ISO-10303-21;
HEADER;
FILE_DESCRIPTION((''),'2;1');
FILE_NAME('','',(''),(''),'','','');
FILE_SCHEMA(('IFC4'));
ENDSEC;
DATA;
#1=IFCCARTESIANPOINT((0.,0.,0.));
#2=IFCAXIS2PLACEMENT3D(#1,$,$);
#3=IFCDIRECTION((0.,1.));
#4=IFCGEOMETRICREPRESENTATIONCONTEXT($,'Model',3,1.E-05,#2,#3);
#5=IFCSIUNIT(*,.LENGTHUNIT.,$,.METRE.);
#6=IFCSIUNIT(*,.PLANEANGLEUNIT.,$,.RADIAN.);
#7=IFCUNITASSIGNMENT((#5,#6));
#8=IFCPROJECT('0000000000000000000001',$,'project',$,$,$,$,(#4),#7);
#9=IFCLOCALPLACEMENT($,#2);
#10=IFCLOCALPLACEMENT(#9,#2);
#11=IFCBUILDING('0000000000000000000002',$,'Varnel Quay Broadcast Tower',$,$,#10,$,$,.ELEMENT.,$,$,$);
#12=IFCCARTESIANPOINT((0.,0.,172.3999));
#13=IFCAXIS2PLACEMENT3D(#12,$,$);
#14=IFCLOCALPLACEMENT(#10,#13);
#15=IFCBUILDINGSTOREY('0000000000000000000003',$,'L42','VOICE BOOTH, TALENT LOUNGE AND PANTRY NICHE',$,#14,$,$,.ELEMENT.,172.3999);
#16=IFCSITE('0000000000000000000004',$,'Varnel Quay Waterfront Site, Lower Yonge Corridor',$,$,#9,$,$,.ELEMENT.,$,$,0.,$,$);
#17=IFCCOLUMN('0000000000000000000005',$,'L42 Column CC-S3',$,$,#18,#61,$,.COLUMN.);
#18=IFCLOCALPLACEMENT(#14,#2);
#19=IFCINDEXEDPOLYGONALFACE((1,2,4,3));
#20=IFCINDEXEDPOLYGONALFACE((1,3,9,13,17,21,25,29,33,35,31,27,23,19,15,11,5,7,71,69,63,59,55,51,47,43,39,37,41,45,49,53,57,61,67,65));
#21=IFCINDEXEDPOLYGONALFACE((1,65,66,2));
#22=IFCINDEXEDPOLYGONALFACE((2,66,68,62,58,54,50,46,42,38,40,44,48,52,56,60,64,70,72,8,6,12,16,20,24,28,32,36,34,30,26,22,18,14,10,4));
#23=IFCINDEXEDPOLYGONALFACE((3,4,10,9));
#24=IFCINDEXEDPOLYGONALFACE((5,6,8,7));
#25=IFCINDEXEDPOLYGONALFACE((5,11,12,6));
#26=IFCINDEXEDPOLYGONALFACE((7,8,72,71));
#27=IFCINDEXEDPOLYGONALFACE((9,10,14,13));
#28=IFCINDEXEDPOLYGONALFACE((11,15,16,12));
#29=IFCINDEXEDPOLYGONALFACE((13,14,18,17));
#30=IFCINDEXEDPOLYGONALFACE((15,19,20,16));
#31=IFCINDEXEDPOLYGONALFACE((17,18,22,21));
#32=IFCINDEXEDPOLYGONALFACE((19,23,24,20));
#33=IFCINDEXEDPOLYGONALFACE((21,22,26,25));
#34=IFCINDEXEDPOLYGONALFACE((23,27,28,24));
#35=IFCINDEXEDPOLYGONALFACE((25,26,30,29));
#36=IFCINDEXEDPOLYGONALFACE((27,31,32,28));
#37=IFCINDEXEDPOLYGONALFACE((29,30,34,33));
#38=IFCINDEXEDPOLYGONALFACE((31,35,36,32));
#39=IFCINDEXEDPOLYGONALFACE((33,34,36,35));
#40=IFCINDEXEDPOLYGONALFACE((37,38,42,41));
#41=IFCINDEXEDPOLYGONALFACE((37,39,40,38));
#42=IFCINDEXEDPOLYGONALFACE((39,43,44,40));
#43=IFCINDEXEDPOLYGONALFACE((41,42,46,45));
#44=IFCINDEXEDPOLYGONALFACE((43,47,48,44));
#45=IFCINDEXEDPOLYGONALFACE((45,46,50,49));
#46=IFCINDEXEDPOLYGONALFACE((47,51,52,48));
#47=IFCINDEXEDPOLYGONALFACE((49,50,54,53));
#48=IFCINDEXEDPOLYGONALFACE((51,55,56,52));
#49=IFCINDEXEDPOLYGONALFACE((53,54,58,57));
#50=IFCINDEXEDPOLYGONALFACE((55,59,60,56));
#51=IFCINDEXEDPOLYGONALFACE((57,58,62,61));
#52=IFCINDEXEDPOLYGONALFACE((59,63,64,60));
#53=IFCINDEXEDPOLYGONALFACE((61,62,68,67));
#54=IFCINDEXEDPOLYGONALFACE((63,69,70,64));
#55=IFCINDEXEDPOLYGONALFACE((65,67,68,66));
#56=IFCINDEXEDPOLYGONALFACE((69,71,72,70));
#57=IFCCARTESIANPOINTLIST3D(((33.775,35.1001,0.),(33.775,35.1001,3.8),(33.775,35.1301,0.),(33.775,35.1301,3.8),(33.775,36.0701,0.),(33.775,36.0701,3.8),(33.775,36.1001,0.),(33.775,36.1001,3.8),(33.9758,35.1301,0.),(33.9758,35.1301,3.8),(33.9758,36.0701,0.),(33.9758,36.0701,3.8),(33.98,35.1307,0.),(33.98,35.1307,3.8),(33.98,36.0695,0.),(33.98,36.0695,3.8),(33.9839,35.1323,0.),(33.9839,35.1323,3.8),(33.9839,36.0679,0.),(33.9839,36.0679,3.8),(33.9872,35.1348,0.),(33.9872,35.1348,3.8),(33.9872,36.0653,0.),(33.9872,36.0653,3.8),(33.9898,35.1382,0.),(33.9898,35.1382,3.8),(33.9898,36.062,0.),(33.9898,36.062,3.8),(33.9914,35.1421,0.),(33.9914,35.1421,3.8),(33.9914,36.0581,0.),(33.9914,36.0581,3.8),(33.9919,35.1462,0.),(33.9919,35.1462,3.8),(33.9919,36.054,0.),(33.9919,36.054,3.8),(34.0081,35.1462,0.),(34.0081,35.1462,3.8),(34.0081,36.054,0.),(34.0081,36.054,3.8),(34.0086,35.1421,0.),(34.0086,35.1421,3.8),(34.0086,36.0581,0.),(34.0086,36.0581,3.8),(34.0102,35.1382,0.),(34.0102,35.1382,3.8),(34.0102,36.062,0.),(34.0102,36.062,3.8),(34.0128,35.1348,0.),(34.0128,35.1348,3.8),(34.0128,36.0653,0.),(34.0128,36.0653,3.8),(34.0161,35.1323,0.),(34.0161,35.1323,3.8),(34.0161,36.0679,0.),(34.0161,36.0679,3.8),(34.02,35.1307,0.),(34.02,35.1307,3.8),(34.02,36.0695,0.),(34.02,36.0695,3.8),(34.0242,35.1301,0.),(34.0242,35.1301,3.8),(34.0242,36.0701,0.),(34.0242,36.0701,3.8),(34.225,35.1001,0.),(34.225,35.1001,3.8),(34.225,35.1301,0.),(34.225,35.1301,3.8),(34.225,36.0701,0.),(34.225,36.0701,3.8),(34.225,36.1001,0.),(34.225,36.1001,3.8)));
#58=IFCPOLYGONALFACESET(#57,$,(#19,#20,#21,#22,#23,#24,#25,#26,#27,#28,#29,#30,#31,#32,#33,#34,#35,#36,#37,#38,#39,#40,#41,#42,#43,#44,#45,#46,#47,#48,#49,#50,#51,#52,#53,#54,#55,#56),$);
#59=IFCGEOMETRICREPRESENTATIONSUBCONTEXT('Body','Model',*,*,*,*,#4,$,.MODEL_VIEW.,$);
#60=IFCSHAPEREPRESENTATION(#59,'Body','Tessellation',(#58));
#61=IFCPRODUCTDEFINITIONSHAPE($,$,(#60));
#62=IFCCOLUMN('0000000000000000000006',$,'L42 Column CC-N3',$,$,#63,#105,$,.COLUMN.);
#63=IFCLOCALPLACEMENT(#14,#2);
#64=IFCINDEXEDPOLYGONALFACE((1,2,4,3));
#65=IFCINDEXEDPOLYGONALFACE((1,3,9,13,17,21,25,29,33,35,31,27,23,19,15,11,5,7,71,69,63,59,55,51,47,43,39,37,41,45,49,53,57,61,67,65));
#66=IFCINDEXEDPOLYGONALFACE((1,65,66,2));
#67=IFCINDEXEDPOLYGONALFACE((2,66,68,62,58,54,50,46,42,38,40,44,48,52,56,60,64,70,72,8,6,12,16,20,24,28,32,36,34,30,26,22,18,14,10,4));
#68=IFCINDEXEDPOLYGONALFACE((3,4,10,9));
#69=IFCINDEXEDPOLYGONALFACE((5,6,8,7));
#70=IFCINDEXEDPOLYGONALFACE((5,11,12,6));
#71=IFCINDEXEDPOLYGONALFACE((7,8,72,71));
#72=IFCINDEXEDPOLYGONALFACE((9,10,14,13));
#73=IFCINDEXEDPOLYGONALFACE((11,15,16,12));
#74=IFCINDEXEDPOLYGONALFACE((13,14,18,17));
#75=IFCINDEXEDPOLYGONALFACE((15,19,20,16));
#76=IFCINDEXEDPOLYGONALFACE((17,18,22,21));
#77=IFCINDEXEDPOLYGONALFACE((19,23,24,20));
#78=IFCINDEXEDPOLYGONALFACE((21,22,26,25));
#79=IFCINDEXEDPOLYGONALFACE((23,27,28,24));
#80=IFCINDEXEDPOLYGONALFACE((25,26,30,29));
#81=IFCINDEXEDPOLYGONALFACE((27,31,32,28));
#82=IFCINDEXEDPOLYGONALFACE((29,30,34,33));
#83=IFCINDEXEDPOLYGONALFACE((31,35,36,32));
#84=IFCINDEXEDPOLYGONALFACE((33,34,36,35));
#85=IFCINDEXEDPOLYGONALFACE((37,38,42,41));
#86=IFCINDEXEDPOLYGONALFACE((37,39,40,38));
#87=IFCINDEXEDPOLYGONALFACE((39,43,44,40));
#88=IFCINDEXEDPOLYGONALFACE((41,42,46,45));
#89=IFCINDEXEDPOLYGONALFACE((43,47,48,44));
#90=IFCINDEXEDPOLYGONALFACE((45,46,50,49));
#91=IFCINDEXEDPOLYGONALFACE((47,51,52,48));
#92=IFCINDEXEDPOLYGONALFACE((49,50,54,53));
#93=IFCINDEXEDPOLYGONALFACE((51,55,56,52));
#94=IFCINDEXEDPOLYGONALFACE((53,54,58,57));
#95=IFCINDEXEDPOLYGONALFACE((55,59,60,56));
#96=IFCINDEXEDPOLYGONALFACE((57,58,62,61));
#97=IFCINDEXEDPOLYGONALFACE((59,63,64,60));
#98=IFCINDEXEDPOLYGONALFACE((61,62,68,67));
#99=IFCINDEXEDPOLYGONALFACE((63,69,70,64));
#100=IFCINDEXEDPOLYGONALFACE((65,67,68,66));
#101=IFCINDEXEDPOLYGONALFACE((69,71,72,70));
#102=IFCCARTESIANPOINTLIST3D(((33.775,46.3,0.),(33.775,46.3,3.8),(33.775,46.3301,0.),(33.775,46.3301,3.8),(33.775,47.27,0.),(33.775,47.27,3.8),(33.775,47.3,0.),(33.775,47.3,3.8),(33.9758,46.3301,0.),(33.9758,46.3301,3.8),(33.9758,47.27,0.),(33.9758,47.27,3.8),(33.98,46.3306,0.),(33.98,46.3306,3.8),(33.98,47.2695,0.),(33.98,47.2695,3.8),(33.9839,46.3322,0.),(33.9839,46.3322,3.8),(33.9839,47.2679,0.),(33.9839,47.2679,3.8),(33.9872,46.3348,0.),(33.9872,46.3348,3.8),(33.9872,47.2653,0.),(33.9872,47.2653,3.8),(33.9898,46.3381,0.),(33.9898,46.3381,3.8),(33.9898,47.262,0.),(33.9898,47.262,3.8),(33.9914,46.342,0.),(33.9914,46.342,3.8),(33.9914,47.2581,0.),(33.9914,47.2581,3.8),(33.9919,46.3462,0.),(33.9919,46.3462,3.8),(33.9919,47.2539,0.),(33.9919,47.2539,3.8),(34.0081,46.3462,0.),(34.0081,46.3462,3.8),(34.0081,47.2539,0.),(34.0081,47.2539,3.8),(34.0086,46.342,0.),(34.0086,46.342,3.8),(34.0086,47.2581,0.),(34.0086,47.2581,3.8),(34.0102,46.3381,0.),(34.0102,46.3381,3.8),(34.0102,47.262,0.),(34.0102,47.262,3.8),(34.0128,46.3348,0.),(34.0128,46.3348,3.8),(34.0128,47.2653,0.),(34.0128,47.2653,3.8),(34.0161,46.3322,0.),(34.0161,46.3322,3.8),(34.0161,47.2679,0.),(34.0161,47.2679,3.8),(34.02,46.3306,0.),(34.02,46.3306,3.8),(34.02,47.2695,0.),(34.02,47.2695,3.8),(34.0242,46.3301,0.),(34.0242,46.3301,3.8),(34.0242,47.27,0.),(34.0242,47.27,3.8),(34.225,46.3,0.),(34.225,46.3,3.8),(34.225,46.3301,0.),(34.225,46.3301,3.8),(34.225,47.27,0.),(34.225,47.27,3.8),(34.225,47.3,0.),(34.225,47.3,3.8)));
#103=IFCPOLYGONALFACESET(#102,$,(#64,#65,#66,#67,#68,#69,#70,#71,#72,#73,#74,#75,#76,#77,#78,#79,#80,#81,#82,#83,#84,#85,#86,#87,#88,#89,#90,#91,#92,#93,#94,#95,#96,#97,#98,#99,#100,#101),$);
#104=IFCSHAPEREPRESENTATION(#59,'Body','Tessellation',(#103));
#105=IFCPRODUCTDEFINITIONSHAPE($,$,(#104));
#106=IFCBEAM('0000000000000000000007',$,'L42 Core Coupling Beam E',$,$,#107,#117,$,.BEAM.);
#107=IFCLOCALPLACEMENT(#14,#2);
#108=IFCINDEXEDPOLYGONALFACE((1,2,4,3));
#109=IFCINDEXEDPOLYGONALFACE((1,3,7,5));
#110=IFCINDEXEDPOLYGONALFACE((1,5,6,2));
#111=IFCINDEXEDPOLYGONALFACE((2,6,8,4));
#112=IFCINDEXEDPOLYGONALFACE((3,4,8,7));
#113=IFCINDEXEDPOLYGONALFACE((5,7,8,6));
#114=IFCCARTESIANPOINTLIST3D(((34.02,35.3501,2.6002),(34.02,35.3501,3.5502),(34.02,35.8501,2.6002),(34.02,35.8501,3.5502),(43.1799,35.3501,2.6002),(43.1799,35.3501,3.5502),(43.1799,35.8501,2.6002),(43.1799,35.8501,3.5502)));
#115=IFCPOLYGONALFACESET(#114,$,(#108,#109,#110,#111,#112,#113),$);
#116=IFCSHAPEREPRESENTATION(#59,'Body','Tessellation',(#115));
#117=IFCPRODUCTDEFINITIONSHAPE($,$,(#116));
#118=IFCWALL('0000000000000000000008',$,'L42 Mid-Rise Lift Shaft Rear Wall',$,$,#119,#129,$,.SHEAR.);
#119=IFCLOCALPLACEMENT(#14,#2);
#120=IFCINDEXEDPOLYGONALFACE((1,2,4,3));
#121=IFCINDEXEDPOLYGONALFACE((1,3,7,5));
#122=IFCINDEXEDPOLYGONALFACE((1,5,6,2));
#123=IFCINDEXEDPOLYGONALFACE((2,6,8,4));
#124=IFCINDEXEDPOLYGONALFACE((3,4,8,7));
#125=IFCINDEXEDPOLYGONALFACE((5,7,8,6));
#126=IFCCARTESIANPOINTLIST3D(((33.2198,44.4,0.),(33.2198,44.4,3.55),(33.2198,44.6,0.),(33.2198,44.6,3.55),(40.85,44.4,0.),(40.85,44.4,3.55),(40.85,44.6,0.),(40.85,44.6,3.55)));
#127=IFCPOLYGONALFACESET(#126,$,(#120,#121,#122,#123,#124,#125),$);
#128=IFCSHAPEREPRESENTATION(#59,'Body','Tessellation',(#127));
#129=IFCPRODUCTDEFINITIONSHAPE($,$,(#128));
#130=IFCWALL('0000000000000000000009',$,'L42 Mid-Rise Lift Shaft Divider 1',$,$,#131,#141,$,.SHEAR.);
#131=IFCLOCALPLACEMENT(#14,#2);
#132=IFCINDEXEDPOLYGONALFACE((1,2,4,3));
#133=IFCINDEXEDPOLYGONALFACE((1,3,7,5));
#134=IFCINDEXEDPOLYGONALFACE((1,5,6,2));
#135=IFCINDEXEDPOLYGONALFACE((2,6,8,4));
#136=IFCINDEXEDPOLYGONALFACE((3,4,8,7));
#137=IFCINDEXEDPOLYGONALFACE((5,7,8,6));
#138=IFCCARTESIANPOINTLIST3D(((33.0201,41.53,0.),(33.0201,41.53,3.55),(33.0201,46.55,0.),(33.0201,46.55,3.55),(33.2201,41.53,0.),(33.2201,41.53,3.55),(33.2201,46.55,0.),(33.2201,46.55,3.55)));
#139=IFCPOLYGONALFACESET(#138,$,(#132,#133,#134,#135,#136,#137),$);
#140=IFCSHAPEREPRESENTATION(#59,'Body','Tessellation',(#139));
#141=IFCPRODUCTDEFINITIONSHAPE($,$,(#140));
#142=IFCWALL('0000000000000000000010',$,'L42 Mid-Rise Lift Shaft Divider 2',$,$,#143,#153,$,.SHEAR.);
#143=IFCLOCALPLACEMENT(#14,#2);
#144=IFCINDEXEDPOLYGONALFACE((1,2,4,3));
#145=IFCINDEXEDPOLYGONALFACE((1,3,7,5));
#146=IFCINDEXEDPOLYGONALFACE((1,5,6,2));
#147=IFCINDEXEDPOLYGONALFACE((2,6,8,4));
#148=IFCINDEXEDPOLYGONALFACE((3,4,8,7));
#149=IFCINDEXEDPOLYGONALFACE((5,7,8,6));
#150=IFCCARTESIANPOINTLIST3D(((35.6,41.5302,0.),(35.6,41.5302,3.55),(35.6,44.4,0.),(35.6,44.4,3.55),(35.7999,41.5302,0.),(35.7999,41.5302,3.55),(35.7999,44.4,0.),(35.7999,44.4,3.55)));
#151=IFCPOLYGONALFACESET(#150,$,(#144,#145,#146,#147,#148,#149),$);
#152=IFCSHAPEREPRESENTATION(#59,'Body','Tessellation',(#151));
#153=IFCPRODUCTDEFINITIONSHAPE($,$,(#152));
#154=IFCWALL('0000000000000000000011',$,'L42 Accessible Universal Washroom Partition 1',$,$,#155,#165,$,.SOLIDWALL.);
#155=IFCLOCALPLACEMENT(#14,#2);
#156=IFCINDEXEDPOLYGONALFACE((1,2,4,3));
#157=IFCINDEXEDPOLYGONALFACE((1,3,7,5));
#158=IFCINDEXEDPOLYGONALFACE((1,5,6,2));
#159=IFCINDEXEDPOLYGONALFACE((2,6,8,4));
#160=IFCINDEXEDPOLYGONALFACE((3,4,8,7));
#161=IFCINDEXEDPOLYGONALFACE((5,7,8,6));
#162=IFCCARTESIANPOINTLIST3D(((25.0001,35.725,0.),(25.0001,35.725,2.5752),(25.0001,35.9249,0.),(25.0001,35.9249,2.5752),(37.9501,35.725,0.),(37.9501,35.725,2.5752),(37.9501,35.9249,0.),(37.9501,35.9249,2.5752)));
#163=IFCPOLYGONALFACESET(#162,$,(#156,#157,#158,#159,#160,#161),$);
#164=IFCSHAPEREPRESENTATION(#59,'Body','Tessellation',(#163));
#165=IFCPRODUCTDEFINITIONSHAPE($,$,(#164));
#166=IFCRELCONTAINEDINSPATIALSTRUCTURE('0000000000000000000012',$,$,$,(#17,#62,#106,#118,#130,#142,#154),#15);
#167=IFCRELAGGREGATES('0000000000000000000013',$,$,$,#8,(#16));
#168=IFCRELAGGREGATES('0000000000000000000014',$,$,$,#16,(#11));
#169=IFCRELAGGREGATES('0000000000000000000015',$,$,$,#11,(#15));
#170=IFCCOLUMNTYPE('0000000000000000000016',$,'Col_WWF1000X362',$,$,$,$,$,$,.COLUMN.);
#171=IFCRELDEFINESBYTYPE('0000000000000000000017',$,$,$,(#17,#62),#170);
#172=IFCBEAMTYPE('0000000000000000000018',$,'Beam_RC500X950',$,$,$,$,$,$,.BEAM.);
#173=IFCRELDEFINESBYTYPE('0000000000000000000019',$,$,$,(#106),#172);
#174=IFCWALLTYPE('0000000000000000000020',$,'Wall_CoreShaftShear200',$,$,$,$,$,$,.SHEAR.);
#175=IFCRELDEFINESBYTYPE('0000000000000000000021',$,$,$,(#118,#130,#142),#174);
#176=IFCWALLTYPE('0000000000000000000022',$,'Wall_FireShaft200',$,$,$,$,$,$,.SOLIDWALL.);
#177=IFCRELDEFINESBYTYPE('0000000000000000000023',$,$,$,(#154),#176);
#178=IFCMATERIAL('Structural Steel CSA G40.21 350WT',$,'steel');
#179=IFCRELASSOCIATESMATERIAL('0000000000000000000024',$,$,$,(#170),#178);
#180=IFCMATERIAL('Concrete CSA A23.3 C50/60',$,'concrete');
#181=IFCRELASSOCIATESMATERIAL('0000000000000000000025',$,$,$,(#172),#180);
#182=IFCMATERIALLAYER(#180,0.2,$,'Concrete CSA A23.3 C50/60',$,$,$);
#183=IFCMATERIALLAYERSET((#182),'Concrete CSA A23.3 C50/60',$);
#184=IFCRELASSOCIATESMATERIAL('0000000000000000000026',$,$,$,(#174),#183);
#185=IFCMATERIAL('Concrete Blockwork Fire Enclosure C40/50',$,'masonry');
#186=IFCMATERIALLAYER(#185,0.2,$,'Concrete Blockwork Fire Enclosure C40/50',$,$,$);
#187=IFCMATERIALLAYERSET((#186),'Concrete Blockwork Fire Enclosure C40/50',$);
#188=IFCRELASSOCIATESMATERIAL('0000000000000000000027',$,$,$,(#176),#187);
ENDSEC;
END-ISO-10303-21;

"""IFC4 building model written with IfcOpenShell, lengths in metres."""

from ifc_helpers import new_model, si_unit, direction, frame, frame_2d, origin, origin_2d, place, context, subcontext, project, spatial, rectangle, i_section, extrude, source, transform, mapped, material, layer, layer_set, material_profile, profile_set, type_object, type_shapes, element, save


model = new_model("IFC4")

# Units and contexts
model_context = context("Model", 3, precision=1e-05, world=origin(), true_north=direction((0.0, 1.0)))
body_context = subcontext(model_context, "Body", "Model", "MODEL_VIEW")
ifc_project = project(units=[si_unit("LENGTHUNIT", "METRE"), si_unit("PLANEANGLEUNIT", "RADIAN")], contexts=[model_context])

# Site, building, storey
site_placement = place(None, origin())
site = spatial("IfcSite", under=ifc_project, at=site_placement, Name="Varnel Quay Waterfront Site, Lower Yonge Corridor", CompositionType="ELEMENT", RefElevation=0.0)
building_placement = place(site_placement, origin())
building = spatial("IfcBuilding", under=site, at=building_placement, Name="Varnel Quay Broadcast Tower", CompositionType="ELEMENT")
storey_placement = place(building_placement, frame((0.0, 0.0, 172.3999)))
storey = spatial("IfcBuildingStorey", under=building, at=storey_placement, Name="L42", Description="VOICE BOOTH, TALENT LOUNGE AND PANTRY NICHE", CompositionType="ELEMENT", Elevation=172.3999)

# Columns
ifc_material_1 = material(Name="Structural Steel CSA G40.21 350WT", Category="steel")
ifc_material_profile_1 = material_profile(ifc_material_1, i_section(OverallWidth=0.45, OverallDepth=1.0, WebThickness=0.0161, FlangeThickness=0.03, FilletRadius=0.0161, at=origin_2d()), Name="WWF1000X362")
ifc_profile_set_1 = profile_set([ifc_material_profile_1], Name="Structural Steel CSA G40.21 350WT")
column_type = type_object("IfcColumnType", Name="Col_WWF1000X362", PredefinedType="COLUMN", material=ifc_profile_set_1)
shared_shape_1 = source(origin(), body_context, "Body", "SweptSolid", [
    extrude(i_section(OverallWidth=0.45, OverallDepth=1.0, WebThickness=0.0161, FlangeThickness=0.03, FilletRadius=0.0161, at=origin_2d()), origin(), (0.0, 0.0, 1.0), 3.8),
])
type_shapes(column_type, [shared_shape_1])
for number, where, z_axis, x_axis, name in (
    (1, (34.0, 35.6001, 0.0), (0.0, 0.0, 1.0), (1.0, 0.0, 0.0), "L42 Column CC-S3"),
    (2, (34.0, 46.8, 0.0), (0.0, 0.0, 1.0), (1.0, 0.0, 0.0), "L42 Column CC-N3"),
):
    element("IfcColumn", number, at=place(storey_placement, frame(where, z_axis=z_axis, x_axis=x_axis)), inside=storey, type_object=column_type, Name=name, PredefinedType="COLUMN", context=body_context, shape_type="MappedRepresentation", body=[
        mapped(shared_shape_1, transform((0.0, 0.0, 0.0), x_axis=(1.0, 0.0, 0.0), y_axis=(0.0, 1.0, 0.0), z_axis=(0.0, 0.0, 1.0), scale=1.0)),
    ])

# Beam
ifc_material_2 = material(Name="Concrete CSA A23.3 C50/60", Category="concrete")
ifc_material_profile_2 = material_profile(ifc_material_2, rectangle(XDim=0.5, YDim=0.95, at=origin_2d()), Name="RC500X950")
ifc_profile_set_2 = profile_set([ifc_material_profile_2], Name="Concrete CSA A23.3 C50/60")
beam_type = type_object("IfcBeamType", Name="Beam_RC500X950", PredefinedType="BEAM", material=ifc_profile_set_2)
shared_shape_2 = source(origin(), body_context, "Body", "SweptSolid", [
    extrude(rectangle(XDim=0.5, YDim=0.95, at=origin_2d()), origin(), (0.0, 0.0, 1.0), 9.1599),
])
type_shapes(beam_type, [shared_shape_2])
beam_placement = place(storey_placement, frame((34.02, 35.6001, 3.0752), z_axis=(1.0, 0.0, 0.0), x_axis=(0.0, 1.0, 0.0)))
element("IfcBeam", 3, at=beam_placement, inside=storey, type_object=beam_type, Name="L42 Core Coupling Beam E", PredefinedType="BEAM", context=body_context, shape_type="MappedRepresentation", body=[
    mapped(shared_shape_2, transform((0.0, 0.0, 0.0), x_axis=(1.0, 0.0, 0.0), y_axis=(0.0, 1.0, 0.0), z_axis=(0.0, 0.0, 1.0), scale=1.0)),
])

# Walls
ifc_layer_1 = layer(ifc_material_2, 0.2, Name="Concrete CSA A23.3 C50/60")
ifc_layer_set_1 = layer_set([ifc_layer_1], Name="Concrete CSA A23.3 C50/60")
wall_type_1 = type_object("IfcWallType", Name="Wall_CoreShaftShear200", PredefinedType="SHEAR", material=ifc_layer_set_1)
wall_1_placement = place(storey_placement, frame((33.22, 44.5, 0.0), z_axis=(0.0, 0.0, 1.0), x_axis=(1.0, 0.0, 0.0)))
element("IfcWall", 4, at=wall_1_placement, inside=storey, type_object=wall_type_1, Name="L42 Mid-Rise Lift Shaft Rear Wall", PredefinedType="SHEAR", context=body_context, shape_type="SweptSolid", body=[
    extrude(rectangle(XDim=7.6301, YDim=0.2, at=frame_2d((3.8149, 0.0))), origin(), (0.0, 0.0, 1.0), 3.55),
])
wall_2_placement = place(storey_placement, frame((33.1201, 41.53, 0.0), z_axis=(0.0, 0.0, 1.0), x_axis=(0.0, 1.0, 0.0)))
element("IfcWall", 5, at=wall_2_placement, inside=storey, type_object=wall_type_1, Name="L42 Mid-Rise Lift Shaft Divider 1", PredefinedType="SHEAR", context=body_context, shape_type="SweptSolid", body=[
    extrude(rectangle(XDim=5.02, YDim=0.2, at=frame_2d((2.51, 0.0))), origin(), (0.0, 0.0, 1.0), 3.55),
])
wall_3_placement = place(storey_placement, frame((35.7, 41.53, 0.0), z_axis=(0.0, 0.0, 1.0), x_axis=(0.0, 1.0, 0.0)))
element("IfcWall", 6, at=wall_3_placement, inside=storey, type_object=wall_type_1, Name="L42 Mid-Rise Lift Shaft Divider 2", PredefinedType="SHEAR", context=body_context, shape_type="SweptSolid", body=[
    extrude(rectangle(XDim=2.8699, YDim=0.2, at=frame_2d((1.4351, 0.0))), origin(), (0.0, 0.0, 1.0), 3.55),
])
ifc_material_3 = material(Name="Concrete Blockwork Fire Enclosure C40/50", Category="masonry")
ifc_layer_2 = layer(ifc_material_3, 0.2, Name="Concrete Blockwork Fire Enclosure C40/50")
ifc_layer_set_2 = layer_set([ifc_layer_2], Name="Concrete Blockwork Fire Enclosure C40/50")
wall_type_2 = type_object("IfcWallType", Name="Wall_FireShaft200", PredefinedType="SOLIDWALL", material=ifc_layer_set_2)
wall_4_placement = place(storey_placement, frame((25.0, 35.825, 0.0), z_axis=(0.0, 0.0, 1.0), x_axis=(1.0, 0.0, 0.0)))
element("IfcWall", 7, at=wall_4_placement, inside=storey, type_object=wall_type_2, Name="L42 Accessible Universal Washroom Partition 1", PredefinedType="SOLIDWALL", context=body_context, shape_type="SweptSolid", body=[
    extrude(rectangle(XDim=12.95, YDim=0.2, at=frame_2d((6.4751, 0.0))), origin(), (0.0, 0.0, 1.0), 2.5752),
])

save(model, "model.ifc")
